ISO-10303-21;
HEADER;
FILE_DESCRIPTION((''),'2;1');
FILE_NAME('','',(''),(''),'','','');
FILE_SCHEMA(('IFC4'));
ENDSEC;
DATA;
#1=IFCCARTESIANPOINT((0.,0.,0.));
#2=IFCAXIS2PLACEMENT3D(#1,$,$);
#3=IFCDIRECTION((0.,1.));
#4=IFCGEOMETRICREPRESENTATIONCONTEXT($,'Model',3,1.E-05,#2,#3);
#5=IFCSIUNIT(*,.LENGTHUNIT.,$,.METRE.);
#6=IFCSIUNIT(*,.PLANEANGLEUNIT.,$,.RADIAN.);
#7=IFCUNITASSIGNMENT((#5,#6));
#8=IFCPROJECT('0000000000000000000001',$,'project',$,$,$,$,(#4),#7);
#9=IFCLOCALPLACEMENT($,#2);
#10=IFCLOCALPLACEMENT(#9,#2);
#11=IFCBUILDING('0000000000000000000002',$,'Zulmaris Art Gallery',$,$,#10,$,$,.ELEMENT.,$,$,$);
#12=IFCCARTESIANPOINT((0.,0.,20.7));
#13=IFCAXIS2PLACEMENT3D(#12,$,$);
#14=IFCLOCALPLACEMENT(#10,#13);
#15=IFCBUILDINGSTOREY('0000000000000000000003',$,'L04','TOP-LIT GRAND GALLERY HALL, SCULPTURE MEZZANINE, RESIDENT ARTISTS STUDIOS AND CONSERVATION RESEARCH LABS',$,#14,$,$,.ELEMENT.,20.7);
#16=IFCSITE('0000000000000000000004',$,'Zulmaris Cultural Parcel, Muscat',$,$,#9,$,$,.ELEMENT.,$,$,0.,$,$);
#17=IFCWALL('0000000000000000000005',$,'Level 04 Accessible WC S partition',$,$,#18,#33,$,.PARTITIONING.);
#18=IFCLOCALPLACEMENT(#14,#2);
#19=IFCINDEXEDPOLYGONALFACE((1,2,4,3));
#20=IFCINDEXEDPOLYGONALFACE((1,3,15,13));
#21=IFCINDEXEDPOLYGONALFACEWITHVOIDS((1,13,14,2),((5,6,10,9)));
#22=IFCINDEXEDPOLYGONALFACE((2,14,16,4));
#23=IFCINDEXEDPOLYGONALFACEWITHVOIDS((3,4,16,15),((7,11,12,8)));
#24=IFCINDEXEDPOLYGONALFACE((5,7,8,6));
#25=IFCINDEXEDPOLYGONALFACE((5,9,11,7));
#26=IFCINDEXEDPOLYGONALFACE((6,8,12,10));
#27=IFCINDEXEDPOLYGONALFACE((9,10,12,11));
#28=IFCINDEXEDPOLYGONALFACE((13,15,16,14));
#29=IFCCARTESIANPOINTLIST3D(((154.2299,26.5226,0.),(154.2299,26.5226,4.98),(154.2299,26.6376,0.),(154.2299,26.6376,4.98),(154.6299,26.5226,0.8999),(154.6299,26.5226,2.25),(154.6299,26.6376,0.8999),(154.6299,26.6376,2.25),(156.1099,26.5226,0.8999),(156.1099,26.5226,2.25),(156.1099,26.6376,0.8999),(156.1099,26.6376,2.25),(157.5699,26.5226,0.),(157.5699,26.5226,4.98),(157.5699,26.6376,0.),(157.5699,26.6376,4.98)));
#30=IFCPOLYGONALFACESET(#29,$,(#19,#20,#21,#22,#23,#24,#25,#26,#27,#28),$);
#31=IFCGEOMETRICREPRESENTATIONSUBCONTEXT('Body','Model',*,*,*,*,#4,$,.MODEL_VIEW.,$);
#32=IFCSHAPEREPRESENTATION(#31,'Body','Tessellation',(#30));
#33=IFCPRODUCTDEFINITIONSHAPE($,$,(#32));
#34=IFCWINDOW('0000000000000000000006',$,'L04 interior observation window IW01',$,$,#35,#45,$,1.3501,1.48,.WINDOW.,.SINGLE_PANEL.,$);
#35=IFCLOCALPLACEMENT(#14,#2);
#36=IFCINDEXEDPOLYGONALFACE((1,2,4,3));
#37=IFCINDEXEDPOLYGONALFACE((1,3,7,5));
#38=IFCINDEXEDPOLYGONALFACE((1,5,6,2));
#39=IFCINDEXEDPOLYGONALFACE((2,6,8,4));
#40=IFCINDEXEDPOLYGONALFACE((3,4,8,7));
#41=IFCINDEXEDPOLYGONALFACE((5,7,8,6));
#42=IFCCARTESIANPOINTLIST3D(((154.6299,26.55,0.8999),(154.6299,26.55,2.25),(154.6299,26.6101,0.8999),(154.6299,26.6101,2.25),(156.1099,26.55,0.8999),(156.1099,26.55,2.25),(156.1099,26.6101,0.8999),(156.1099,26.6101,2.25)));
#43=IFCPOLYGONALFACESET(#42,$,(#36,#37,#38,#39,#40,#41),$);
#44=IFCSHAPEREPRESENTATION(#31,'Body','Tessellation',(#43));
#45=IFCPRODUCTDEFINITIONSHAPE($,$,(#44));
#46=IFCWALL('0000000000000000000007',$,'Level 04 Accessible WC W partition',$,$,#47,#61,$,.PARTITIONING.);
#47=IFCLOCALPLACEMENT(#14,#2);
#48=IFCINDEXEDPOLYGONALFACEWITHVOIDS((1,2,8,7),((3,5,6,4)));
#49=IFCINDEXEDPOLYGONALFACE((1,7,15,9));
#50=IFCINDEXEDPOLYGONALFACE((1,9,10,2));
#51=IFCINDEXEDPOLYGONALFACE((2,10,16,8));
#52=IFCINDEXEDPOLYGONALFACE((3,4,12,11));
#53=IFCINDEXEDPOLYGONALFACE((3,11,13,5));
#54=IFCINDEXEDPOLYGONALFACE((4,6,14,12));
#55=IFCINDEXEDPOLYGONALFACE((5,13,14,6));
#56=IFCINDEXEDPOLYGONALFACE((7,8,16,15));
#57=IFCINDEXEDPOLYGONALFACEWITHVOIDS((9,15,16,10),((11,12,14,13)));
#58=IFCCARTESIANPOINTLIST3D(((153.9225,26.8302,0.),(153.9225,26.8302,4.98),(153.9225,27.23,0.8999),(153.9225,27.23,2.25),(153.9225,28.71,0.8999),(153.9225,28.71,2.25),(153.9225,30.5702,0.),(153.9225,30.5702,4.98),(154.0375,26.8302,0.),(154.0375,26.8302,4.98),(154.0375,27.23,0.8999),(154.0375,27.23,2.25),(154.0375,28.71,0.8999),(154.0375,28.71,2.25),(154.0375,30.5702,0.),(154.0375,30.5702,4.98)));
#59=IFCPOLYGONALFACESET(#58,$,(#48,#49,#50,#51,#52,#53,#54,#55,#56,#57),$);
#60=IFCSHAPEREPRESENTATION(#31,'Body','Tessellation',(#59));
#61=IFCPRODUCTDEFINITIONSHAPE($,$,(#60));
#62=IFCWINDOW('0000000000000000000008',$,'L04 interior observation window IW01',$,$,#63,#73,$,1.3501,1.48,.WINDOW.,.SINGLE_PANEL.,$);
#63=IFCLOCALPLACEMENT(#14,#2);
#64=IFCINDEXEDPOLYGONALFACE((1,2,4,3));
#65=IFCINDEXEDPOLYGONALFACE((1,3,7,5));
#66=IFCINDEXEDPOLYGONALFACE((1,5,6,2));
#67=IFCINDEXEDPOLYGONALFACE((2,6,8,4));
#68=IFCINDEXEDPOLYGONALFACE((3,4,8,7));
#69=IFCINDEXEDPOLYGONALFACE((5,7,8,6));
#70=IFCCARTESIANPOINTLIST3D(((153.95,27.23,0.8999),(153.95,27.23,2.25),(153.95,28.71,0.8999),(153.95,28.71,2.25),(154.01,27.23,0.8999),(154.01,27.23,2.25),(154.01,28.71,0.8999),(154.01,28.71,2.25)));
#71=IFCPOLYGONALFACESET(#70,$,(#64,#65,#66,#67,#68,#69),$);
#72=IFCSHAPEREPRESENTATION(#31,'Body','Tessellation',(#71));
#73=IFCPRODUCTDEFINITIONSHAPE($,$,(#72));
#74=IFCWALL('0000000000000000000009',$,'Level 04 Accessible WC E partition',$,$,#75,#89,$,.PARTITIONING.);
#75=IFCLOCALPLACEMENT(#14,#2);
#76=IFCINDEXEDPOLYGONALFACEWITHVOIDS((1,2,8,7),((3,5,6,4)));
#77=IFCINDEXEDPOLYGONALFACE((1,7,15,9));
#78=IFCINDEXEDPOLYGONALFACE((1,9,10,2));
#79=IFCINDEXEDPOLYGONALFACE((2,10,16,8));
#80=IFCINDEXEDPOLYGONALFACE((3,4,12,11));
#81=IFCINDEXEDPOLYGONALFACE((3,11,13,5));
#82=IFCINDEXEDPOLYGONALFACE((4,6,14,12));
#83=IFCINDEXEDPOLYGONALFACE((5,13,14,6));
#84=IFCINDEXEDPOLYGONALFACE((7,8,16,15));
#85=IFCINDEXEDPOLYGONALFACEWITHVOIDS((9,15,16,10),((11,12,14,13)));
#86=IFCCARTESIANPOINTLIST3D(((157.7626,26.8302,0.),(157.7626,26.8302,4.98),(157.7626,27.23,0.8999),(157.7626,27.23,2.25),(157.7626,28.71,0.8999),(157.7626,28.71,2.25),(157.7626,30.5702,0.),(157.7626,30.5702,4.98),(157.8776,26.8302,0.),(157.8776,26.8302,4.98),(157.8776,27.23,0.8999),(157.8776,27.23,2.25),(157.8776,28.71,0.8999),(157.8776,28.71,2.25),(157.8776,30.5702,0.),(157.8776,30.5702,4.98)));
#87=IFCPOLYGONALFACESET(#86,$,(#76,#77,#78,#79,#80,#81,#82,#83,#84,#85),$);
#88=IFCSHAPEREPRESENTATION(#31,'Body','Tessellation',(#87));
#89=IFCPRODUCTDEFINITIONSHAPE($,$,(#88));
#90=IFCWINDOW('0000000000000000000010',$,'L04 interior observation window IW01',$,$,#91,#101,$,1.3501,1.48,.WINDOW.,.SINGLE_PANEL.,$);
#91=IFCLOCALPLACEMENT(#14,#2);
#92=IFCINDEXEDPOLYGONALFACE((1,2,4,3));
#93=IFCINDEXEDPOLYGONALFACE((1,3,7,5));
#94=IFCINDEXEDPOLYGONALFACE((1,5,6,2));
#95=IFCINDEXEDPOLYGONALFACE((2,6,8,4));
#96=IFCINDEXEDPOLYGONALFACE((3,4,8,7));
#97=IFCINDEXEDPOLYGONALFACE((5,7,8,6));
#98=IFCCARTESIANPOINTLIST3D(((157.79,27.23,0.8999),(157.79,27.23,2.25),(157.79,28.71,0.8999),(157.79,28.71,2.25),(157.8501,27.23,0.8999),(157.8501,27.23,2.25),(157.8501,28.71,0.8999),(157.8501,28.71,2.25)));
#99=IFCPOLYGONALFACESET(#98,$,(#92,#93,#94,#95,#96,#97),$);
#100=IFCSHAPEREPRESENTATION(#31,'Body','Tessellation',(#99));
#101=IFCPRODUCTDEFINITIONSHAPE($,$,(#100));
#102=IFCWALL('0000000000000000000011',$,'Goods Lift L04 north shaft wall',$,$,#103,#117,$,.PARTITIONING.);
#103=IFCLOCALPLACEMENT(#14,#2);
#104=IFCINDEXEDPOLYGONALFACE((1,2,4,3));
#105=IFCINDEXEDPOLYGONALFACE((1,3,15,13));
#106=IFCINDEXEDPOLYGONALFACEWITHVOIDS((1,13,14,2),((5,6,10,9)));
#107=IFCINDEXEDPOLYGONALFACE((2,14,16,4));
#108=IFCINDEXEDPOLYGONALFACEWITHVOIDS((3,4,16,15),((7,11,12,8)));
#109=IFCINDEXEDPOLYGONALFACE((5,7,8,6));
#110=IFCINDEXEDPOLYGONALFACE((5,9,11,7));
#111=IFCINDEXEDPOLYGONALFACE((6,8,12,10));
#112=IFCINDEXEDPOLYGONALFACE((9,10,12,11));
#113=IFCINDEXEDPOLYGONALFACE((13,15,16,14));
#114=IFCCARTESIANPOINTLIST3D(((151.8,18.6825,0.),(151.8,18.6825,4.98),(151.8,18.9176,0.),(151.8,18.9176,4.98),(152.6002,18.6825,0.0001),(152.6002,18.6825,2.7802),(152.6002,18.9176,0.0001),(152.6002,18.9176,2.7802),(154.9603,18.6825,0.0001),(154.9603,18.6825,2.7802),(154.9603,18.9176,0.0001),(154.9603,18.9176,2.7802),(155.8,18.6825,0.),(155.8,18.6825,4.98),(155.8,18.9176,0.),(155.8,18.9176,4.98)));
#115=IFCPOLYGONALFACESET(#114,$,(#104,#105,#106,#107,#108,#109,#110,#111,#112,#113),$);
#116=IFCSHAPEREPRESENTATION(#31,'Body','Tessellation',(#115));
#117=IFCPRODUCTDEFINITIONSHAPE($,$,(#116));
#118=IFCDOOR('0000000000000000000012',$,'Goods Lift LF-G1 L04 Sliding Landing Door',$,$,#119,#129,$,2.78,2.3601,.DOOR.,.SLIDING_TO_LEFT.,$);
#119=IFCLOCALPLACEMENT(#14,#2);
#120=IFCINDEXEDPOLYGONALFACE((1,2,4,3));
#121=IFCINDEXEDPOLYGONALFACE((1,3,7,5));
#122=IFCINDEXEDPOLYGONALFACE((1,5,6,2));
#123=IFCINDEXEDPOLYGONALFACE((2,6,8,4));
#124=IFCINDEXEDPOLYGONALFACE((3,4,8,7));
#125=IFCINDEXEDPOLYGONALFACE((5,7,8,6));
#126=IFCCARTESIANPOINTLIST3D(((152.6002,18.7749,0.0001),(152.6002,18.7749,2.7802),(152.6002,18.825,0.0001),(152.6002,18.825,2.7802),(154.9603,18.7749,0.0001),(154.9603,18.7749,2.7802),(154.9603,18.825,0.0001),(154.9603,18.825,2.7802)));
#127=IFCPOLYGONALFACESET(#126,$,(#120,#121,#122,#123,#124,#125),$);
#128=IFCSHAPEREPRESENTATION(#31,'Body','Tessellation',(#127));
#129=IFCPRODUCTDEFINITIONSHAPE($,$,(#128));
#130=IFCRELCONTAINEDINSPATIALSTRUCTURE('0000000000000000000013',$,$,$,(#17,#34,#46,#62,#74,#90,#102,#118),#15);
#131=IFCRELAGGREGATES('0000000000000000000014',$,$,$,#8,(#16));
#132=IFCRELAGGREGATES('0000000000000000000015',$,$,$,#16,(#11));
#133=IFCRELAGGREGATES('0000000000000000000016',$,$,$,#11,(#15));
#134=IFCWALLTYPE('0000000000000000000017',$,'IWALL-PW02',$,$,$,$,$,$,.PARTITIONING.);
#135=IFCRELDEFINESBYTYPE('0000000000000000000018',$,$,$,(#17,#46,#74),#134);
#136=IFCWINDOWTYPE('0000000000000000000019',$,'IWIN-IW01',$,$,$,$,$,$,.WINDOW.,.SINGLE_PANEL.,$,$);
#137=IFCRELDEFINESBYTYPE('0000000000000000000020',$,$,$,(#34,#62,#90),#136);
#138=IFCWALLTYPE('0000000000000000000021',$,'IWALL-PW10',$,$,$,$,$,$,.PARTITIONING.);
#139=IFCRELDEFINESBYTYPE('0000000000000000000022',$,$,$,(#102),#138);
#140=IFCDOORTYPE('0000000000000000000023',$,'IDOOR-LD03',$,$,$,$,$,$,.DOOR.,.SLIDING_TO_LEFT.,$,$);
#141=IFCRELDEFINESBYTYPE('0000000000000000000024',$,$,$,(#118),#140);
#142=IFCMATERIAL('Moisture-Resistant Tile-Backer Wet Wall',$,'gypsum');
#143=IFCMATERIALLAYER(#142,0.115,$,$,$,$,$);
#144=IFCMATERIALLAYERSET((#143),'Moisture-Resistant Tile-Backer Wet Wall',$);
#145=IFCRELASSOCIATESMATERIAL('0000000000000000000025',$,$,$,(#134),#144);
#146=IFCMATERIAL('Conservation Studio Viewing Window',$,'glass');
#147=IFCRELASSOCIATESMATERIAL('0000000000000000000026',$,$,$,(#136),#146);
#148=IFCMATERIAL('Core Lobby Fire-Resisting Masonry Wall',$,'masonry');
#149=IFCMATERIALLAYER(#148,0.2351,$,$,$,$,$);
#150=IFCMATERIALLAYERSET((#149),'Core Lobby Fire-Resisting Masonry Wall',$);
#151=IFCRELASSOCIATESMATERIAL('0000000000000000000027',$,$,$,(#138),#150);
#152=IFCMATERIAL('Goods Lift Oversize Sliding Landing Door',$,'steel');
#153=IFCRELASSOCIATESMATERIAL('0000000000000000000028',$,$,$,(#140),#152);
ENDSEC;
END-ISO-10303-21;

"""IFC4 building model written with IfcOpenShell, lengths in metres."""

from ifc_helpers import new_model, si_unit, direction, frame, frame_2d, origin, place, context, subcontext, project, spatial, rectangle, extrude, material, layer, layer_set, type_object, element, fill, save


model = new_model("IFC4")

# Units and contexts
model_context = context("Model", 3, precision=1e-05, world=origin(), true_north=direction((0.0, 1.0)))
body_context = subcontext(model_context, "Body", "Model", "MODEL_VIEW")
ifc_project = project(units=[si_unit("LENGTHUNIT", "METRE"), si_unit("PLANEANGLEUNIT", "RADIAN")], contexts=[model_context])

# Site, building, storey
site_placement = place(None, origin())
site = spatial("IfcSite", under=ifc_project, at=site_placement, Name="Zulmaris Cultural Parcel, Muscat", CompositionType="ELEMENT", RefElevation=0.0)
building_placement = place(site_placement, origin())
building = spatial("IfcBuilding", under=site, at=building_placement, Name="Zulmaris Art Gallery", CompositionType="ELEMENT")
storey_placement = place(building_placement, frame((0.0, 0.0, 20.7)))
storey = spatial("IfcBuildingStorey", under=building, at=storey_placement, Name="L04", Description="TOP-LIT GRAND GALLERY HALL, SCULPTURE MEZZANINE, RESIDENT ARTISTS STUDIOS AND CONSERVATION RESEARCH LABS", CompositionType="ELEMENT", Elevation=20.7)

# Walls, openings, windows
ifc_material_1 = material(Name="Moisture-Resistant Tile-Backer Wet Wall", Category="gypsum")
ifc_layer_1 = layer(ifc_material_1, 0.115)
ifc_layer_set_1 = layer_set([ifc_layer_1], Name="Moisture-Resistant Tile-Backer Wet Wall")
wall_type_1 = type_object("IfcWallType", Name="IWALL-PW02", PredefinedType="PARTITIONING", material=ifc_layer_set_1)
wall_1_placement = place(storey_placement, frame((154.23, 26.5801, 0.0), z_axis=(0.0, 0.0, 1.0), x_axis=(1.0, 0.0, 0.0)))
wall_1 = element("IfcWall", 1, at=wall_1_placement, inside=storey, type_object=wall_type_1, Name="Level 04 Accessible WC S partition", PredefinedType="PARTITIONING", context=body_context, shape_type="SweptSolid", body=[
    extrude(rectangle(XDim=3.3401, YDim=0.115, at=frame_2d((1.6699, 0.0))), origin(), (0.0, 0.0, 1.0), 4.98),
])
opening_1_placement = place(wall_1_placement, frame((0.3999, 0.0, 0.8999)))
opening_1 = element("IfcOpeningElement", 2, at=opening_1_placement, cuts=wall_1, PredefinedType="OPENING", context=body_context, shape_type="SweptSolid", body=[
    extrude(rectangle(XDim=1.48, YDim=1.3501, at=frame_2d((0.74, 0.675))), frame((0.0, 0.0674, 0.0), z_axis=(0.0, -1.0, 0.0), x_axis=(1.0, 0.0, 0.0)), (0.0, 0.0, 1.0), 0.135),
])
ifc_material_2 = material(Name="Conservation Studio Viewing Window", Category="glass")
window_type_1 = type_object("IfcWindowType", Name="IWIN-IW01", PartitioningType="SINGLE_PANEL", PredefinedType="WINDOW", material=ifc_material_2)
window_1_placement = place(opening_1_placement, origin())
window_1 = element("IfcWindow", 3, at=window_1_placement, inside=storey, type_object=window_type_1, Name="L04 interior observation window IW01", OverallHeight=1.3501, OverallWidth=1.48, PartitioningType="SINGLE_PANEL", PredefinedType="WINDOW", context=body_context, shape_type="SweptSolid", body=[
    extrude(rectangle(XDim=1.48, YDim=1.3501, at=frame_2d((0.74, 0.675))), frame((0.0, 0.03, 0.0), z_axis=(0.0, -1.0, 0.0), x_axis=(1.0, 0.0, 0.0)), (0.0, 0.0, 1.0), 0.0601),
])
fill(opening_1, window_1)
wall_2_placement = place(storey_placement, frame((153.98, 26.8301, 0.0), z_axis=(0.0, 0.0, 1.0), x_axis=(0.0, 1.0, 0.0)))
wall_2 = element("IfcWall", 4, at=wall_2_placement, inside=storey, type_object=wall_type_1, Name="Level 04 Accessible WC W partition", PredefinedType="PARTITIONING", context=body_context, shape_type="SweptSolid", body=[
    extrude(rectangle(XDim=3.74, YDim=0.115, at=frame_2d((1.8701, 0.0))), origin(), (0.0, 0.0, 1.0), 4.98),
])
opening_2_placement = place(wall_2_placement, frame((0.3999, 0.0, 0.8999)))
opening_2 = element("IfcOpeningElement", 5, at=opening_2_placement, cuts=wall_2, PredefinedType="OPENING", context=body_context, shape_type="SweptSolid", body=[
    extrude(rectangle(XDim=1.48, YDim=1.3501, at=frame_2d((0.74, 0.675))), frame((0.0, 0.0674, 0.0), z_axis=(0.0, -1.0, 0.0), x_axis=(1.0, 0.0, 0.0)), (0.0, 0.0, 1.0), 0.135),
])
window_2_placement = place(opening_2_placement, origin())
window_2 = element("IfcWindow", 6, at=window_2_placement, inside=storey, type_object=window_type_1, Name="L04 interior observation window IW01", OverallHeight=1.3501, OverallWidth=1.48, PartitioningType="SINGLE_PANEL", PredefinedType="WINDOW", context=body_context, shape_type="SweptSolid", body=[
    extrude(rectangle(XDim=1.48, YDim=1.3501, at=frame_2d((0.74, 0.675))), frame((0.0, 0.03, 0.0), z_axis=(0.0, -1.0, 0.0), x_axis=(1.0, 0.0, 0.0)), (0.0, 0.0, 1.0), 0.0601),
])
fill(opening_2, window_2)
wall_3_placement = place(storey_placement, frame((157.8201, 26.8301, 0.0), z_axis=(0.0, 0.0, 1.0), x_axis=(0.0, 1.0, 0.0)))
wall_3 = element("IfcWall", 7, at=wall_3_placement, inside=storey, type_object=wall_type_1, Name="Level 04 Accessible WC E partition", PredefinedType="PARTITIONING", context=body_context, shape_type="SweptSolid", body=[
    extrude(rectangle(XDim=3.74, YDim=0.115, at=frame_2d((1.8701, 0.0))), origin(), (0.0, 0.0, 1.0), 4.98),
])
opening_3_placement = place(wall_3_placement, frame((0.3999, 0.0, 0.8999)))
opening_3 = element("IfcOpeningElement", 8, at=opening_3_placement, cuts=wall_3, PredefinedType="OPENING", context=body_context, shape_type="SweptSolid", body=[
    extrude(rectangle(XDim=1.48, YDim=1.3501, at=frame_2d((0.74, 0.675))), frame((0.0, 0.0674, 0.0), z_axis=(0.0, -1.0, 0.0), x_axis=(1.0, 0.0, 0.0)), (0.0, 0.0, 1.0), 0.135),
])
window_3_placement = place(opening_3_placement, origin())
window_3 = element("IfcWindow", 9, at=window_3_placement, inside=storey, type_object=window_type_1, Name="L04 interior observation window IW01", OverallHeight=1.3501, OverallWidth=1.48, PartitioningType="SINGLE_PANEL", PredefinedType="WINDOW", context=body_context, shape_type="SweptSolid", body=[
    extrude(rectangle(XDim=1.48, YDim=1.3501, at=frame_2d((0.74, 0.675))), frame((0.0, 0.03, 0.0), z_axis=(0.0, -1.0, 0.0), x_axis=(1.0, 0.0, 0.0)), (0.0, 0.0, 1.0), 0.0601),
])
fill(opening_3, window_3)

# Wall, opening, door
ifc_material_3 = material(Name="Core Lobby Fire-Resisting Masonry Wall", Category="masonry")
ifc_layer_2 = layer(ifc_material_3, 0.2351)
ifc_layer_set_2 = layer_set([ifc_layer_2], Name="Core Lobby Fire-Resisting Masonry Wall")
wall_type_2 = type_object("IfcWallType", Name="IWALL-PW10", PredefinedType="PARTITIONING", material=ifc_layer_set_2)
wall_4_placement = place(storey_placement, frame((151.8, 18.8, 0.0), z_axis=(0.0, 0.0, 1.0), x_axis=(1.0, 0.0, 0.0)))
wall_4 = element("IfcWall", 10, at=wall_4_placement, inside=storey, type_object=wall_type_2, Name="Goods Lift L04 north shaft wall", PredefinedType="PARTITIONING", context=body_context, shape_type="SweptSolid", body=[
    extrude(rectangle(XDim=4.0, YDim=0.2351, at=frame_2d((2.0, 0.0))), origin(), (0.0, 0.0, 1.0), 4.98),
])
opening_4_placement = place(wall_4_placement, frame((0.8, 0.0, 0.0)))
opening_4 = element("IfcOpeningElement", 11, at=opening_4_placement, cuts=wall_4, PredefinedType="OPENING", context=body_context, shape_type="SweptSolid", body=[
    extrude(rectangle(XDim=2.3601, YDim=2.78, at=frame_2d((1.1802, 1.3901))), frame((0.0, 0.1274, 0.0), z_axis=(0.0, -1.0, 0.0), x_axis=(1.0, 0.0, 0.0)), (0.0, 0.0, 1.0), 0.2551),
])
ifc_material_4 = material(Name="Goods Lift Oversize Sliding Landing Door", Category="steel")
door_type = type_object("IfcDoorType", Name="IDOOR-LD03", OperationType="SLIDING_TO_LEFT", PredefinedType="DOOR", material=ifc_material_4)
door_placement = place(opening_4_placement, origin())
door = element("IfcDoor", 12, at=door_placement, inside=storey, type_object=door_type, Name="Goods Lift LF-G1 L04 Sliding Landing Door", OperationType="SLIDING_TO_LEFT", OverallHeight=2.78, OverallWidth=2.3601, PredefinedType="DOOR", context=body_context, shape_type="SweptSolid", body=[
    extrude(rectangle(XDim=2.3601, YDim=2.78, at=frame_2d((1.1802, 1.3901))), frame((0.0, 0.0249, 0.0), z_axis=(0.0, -1.0, 0.0), x_axis=(1.0, 0.0, 0.0)), (0.0, 0.0, 1.0), 0.05),
])
fill(opening_4, door)

save(model, "model.ifc")
